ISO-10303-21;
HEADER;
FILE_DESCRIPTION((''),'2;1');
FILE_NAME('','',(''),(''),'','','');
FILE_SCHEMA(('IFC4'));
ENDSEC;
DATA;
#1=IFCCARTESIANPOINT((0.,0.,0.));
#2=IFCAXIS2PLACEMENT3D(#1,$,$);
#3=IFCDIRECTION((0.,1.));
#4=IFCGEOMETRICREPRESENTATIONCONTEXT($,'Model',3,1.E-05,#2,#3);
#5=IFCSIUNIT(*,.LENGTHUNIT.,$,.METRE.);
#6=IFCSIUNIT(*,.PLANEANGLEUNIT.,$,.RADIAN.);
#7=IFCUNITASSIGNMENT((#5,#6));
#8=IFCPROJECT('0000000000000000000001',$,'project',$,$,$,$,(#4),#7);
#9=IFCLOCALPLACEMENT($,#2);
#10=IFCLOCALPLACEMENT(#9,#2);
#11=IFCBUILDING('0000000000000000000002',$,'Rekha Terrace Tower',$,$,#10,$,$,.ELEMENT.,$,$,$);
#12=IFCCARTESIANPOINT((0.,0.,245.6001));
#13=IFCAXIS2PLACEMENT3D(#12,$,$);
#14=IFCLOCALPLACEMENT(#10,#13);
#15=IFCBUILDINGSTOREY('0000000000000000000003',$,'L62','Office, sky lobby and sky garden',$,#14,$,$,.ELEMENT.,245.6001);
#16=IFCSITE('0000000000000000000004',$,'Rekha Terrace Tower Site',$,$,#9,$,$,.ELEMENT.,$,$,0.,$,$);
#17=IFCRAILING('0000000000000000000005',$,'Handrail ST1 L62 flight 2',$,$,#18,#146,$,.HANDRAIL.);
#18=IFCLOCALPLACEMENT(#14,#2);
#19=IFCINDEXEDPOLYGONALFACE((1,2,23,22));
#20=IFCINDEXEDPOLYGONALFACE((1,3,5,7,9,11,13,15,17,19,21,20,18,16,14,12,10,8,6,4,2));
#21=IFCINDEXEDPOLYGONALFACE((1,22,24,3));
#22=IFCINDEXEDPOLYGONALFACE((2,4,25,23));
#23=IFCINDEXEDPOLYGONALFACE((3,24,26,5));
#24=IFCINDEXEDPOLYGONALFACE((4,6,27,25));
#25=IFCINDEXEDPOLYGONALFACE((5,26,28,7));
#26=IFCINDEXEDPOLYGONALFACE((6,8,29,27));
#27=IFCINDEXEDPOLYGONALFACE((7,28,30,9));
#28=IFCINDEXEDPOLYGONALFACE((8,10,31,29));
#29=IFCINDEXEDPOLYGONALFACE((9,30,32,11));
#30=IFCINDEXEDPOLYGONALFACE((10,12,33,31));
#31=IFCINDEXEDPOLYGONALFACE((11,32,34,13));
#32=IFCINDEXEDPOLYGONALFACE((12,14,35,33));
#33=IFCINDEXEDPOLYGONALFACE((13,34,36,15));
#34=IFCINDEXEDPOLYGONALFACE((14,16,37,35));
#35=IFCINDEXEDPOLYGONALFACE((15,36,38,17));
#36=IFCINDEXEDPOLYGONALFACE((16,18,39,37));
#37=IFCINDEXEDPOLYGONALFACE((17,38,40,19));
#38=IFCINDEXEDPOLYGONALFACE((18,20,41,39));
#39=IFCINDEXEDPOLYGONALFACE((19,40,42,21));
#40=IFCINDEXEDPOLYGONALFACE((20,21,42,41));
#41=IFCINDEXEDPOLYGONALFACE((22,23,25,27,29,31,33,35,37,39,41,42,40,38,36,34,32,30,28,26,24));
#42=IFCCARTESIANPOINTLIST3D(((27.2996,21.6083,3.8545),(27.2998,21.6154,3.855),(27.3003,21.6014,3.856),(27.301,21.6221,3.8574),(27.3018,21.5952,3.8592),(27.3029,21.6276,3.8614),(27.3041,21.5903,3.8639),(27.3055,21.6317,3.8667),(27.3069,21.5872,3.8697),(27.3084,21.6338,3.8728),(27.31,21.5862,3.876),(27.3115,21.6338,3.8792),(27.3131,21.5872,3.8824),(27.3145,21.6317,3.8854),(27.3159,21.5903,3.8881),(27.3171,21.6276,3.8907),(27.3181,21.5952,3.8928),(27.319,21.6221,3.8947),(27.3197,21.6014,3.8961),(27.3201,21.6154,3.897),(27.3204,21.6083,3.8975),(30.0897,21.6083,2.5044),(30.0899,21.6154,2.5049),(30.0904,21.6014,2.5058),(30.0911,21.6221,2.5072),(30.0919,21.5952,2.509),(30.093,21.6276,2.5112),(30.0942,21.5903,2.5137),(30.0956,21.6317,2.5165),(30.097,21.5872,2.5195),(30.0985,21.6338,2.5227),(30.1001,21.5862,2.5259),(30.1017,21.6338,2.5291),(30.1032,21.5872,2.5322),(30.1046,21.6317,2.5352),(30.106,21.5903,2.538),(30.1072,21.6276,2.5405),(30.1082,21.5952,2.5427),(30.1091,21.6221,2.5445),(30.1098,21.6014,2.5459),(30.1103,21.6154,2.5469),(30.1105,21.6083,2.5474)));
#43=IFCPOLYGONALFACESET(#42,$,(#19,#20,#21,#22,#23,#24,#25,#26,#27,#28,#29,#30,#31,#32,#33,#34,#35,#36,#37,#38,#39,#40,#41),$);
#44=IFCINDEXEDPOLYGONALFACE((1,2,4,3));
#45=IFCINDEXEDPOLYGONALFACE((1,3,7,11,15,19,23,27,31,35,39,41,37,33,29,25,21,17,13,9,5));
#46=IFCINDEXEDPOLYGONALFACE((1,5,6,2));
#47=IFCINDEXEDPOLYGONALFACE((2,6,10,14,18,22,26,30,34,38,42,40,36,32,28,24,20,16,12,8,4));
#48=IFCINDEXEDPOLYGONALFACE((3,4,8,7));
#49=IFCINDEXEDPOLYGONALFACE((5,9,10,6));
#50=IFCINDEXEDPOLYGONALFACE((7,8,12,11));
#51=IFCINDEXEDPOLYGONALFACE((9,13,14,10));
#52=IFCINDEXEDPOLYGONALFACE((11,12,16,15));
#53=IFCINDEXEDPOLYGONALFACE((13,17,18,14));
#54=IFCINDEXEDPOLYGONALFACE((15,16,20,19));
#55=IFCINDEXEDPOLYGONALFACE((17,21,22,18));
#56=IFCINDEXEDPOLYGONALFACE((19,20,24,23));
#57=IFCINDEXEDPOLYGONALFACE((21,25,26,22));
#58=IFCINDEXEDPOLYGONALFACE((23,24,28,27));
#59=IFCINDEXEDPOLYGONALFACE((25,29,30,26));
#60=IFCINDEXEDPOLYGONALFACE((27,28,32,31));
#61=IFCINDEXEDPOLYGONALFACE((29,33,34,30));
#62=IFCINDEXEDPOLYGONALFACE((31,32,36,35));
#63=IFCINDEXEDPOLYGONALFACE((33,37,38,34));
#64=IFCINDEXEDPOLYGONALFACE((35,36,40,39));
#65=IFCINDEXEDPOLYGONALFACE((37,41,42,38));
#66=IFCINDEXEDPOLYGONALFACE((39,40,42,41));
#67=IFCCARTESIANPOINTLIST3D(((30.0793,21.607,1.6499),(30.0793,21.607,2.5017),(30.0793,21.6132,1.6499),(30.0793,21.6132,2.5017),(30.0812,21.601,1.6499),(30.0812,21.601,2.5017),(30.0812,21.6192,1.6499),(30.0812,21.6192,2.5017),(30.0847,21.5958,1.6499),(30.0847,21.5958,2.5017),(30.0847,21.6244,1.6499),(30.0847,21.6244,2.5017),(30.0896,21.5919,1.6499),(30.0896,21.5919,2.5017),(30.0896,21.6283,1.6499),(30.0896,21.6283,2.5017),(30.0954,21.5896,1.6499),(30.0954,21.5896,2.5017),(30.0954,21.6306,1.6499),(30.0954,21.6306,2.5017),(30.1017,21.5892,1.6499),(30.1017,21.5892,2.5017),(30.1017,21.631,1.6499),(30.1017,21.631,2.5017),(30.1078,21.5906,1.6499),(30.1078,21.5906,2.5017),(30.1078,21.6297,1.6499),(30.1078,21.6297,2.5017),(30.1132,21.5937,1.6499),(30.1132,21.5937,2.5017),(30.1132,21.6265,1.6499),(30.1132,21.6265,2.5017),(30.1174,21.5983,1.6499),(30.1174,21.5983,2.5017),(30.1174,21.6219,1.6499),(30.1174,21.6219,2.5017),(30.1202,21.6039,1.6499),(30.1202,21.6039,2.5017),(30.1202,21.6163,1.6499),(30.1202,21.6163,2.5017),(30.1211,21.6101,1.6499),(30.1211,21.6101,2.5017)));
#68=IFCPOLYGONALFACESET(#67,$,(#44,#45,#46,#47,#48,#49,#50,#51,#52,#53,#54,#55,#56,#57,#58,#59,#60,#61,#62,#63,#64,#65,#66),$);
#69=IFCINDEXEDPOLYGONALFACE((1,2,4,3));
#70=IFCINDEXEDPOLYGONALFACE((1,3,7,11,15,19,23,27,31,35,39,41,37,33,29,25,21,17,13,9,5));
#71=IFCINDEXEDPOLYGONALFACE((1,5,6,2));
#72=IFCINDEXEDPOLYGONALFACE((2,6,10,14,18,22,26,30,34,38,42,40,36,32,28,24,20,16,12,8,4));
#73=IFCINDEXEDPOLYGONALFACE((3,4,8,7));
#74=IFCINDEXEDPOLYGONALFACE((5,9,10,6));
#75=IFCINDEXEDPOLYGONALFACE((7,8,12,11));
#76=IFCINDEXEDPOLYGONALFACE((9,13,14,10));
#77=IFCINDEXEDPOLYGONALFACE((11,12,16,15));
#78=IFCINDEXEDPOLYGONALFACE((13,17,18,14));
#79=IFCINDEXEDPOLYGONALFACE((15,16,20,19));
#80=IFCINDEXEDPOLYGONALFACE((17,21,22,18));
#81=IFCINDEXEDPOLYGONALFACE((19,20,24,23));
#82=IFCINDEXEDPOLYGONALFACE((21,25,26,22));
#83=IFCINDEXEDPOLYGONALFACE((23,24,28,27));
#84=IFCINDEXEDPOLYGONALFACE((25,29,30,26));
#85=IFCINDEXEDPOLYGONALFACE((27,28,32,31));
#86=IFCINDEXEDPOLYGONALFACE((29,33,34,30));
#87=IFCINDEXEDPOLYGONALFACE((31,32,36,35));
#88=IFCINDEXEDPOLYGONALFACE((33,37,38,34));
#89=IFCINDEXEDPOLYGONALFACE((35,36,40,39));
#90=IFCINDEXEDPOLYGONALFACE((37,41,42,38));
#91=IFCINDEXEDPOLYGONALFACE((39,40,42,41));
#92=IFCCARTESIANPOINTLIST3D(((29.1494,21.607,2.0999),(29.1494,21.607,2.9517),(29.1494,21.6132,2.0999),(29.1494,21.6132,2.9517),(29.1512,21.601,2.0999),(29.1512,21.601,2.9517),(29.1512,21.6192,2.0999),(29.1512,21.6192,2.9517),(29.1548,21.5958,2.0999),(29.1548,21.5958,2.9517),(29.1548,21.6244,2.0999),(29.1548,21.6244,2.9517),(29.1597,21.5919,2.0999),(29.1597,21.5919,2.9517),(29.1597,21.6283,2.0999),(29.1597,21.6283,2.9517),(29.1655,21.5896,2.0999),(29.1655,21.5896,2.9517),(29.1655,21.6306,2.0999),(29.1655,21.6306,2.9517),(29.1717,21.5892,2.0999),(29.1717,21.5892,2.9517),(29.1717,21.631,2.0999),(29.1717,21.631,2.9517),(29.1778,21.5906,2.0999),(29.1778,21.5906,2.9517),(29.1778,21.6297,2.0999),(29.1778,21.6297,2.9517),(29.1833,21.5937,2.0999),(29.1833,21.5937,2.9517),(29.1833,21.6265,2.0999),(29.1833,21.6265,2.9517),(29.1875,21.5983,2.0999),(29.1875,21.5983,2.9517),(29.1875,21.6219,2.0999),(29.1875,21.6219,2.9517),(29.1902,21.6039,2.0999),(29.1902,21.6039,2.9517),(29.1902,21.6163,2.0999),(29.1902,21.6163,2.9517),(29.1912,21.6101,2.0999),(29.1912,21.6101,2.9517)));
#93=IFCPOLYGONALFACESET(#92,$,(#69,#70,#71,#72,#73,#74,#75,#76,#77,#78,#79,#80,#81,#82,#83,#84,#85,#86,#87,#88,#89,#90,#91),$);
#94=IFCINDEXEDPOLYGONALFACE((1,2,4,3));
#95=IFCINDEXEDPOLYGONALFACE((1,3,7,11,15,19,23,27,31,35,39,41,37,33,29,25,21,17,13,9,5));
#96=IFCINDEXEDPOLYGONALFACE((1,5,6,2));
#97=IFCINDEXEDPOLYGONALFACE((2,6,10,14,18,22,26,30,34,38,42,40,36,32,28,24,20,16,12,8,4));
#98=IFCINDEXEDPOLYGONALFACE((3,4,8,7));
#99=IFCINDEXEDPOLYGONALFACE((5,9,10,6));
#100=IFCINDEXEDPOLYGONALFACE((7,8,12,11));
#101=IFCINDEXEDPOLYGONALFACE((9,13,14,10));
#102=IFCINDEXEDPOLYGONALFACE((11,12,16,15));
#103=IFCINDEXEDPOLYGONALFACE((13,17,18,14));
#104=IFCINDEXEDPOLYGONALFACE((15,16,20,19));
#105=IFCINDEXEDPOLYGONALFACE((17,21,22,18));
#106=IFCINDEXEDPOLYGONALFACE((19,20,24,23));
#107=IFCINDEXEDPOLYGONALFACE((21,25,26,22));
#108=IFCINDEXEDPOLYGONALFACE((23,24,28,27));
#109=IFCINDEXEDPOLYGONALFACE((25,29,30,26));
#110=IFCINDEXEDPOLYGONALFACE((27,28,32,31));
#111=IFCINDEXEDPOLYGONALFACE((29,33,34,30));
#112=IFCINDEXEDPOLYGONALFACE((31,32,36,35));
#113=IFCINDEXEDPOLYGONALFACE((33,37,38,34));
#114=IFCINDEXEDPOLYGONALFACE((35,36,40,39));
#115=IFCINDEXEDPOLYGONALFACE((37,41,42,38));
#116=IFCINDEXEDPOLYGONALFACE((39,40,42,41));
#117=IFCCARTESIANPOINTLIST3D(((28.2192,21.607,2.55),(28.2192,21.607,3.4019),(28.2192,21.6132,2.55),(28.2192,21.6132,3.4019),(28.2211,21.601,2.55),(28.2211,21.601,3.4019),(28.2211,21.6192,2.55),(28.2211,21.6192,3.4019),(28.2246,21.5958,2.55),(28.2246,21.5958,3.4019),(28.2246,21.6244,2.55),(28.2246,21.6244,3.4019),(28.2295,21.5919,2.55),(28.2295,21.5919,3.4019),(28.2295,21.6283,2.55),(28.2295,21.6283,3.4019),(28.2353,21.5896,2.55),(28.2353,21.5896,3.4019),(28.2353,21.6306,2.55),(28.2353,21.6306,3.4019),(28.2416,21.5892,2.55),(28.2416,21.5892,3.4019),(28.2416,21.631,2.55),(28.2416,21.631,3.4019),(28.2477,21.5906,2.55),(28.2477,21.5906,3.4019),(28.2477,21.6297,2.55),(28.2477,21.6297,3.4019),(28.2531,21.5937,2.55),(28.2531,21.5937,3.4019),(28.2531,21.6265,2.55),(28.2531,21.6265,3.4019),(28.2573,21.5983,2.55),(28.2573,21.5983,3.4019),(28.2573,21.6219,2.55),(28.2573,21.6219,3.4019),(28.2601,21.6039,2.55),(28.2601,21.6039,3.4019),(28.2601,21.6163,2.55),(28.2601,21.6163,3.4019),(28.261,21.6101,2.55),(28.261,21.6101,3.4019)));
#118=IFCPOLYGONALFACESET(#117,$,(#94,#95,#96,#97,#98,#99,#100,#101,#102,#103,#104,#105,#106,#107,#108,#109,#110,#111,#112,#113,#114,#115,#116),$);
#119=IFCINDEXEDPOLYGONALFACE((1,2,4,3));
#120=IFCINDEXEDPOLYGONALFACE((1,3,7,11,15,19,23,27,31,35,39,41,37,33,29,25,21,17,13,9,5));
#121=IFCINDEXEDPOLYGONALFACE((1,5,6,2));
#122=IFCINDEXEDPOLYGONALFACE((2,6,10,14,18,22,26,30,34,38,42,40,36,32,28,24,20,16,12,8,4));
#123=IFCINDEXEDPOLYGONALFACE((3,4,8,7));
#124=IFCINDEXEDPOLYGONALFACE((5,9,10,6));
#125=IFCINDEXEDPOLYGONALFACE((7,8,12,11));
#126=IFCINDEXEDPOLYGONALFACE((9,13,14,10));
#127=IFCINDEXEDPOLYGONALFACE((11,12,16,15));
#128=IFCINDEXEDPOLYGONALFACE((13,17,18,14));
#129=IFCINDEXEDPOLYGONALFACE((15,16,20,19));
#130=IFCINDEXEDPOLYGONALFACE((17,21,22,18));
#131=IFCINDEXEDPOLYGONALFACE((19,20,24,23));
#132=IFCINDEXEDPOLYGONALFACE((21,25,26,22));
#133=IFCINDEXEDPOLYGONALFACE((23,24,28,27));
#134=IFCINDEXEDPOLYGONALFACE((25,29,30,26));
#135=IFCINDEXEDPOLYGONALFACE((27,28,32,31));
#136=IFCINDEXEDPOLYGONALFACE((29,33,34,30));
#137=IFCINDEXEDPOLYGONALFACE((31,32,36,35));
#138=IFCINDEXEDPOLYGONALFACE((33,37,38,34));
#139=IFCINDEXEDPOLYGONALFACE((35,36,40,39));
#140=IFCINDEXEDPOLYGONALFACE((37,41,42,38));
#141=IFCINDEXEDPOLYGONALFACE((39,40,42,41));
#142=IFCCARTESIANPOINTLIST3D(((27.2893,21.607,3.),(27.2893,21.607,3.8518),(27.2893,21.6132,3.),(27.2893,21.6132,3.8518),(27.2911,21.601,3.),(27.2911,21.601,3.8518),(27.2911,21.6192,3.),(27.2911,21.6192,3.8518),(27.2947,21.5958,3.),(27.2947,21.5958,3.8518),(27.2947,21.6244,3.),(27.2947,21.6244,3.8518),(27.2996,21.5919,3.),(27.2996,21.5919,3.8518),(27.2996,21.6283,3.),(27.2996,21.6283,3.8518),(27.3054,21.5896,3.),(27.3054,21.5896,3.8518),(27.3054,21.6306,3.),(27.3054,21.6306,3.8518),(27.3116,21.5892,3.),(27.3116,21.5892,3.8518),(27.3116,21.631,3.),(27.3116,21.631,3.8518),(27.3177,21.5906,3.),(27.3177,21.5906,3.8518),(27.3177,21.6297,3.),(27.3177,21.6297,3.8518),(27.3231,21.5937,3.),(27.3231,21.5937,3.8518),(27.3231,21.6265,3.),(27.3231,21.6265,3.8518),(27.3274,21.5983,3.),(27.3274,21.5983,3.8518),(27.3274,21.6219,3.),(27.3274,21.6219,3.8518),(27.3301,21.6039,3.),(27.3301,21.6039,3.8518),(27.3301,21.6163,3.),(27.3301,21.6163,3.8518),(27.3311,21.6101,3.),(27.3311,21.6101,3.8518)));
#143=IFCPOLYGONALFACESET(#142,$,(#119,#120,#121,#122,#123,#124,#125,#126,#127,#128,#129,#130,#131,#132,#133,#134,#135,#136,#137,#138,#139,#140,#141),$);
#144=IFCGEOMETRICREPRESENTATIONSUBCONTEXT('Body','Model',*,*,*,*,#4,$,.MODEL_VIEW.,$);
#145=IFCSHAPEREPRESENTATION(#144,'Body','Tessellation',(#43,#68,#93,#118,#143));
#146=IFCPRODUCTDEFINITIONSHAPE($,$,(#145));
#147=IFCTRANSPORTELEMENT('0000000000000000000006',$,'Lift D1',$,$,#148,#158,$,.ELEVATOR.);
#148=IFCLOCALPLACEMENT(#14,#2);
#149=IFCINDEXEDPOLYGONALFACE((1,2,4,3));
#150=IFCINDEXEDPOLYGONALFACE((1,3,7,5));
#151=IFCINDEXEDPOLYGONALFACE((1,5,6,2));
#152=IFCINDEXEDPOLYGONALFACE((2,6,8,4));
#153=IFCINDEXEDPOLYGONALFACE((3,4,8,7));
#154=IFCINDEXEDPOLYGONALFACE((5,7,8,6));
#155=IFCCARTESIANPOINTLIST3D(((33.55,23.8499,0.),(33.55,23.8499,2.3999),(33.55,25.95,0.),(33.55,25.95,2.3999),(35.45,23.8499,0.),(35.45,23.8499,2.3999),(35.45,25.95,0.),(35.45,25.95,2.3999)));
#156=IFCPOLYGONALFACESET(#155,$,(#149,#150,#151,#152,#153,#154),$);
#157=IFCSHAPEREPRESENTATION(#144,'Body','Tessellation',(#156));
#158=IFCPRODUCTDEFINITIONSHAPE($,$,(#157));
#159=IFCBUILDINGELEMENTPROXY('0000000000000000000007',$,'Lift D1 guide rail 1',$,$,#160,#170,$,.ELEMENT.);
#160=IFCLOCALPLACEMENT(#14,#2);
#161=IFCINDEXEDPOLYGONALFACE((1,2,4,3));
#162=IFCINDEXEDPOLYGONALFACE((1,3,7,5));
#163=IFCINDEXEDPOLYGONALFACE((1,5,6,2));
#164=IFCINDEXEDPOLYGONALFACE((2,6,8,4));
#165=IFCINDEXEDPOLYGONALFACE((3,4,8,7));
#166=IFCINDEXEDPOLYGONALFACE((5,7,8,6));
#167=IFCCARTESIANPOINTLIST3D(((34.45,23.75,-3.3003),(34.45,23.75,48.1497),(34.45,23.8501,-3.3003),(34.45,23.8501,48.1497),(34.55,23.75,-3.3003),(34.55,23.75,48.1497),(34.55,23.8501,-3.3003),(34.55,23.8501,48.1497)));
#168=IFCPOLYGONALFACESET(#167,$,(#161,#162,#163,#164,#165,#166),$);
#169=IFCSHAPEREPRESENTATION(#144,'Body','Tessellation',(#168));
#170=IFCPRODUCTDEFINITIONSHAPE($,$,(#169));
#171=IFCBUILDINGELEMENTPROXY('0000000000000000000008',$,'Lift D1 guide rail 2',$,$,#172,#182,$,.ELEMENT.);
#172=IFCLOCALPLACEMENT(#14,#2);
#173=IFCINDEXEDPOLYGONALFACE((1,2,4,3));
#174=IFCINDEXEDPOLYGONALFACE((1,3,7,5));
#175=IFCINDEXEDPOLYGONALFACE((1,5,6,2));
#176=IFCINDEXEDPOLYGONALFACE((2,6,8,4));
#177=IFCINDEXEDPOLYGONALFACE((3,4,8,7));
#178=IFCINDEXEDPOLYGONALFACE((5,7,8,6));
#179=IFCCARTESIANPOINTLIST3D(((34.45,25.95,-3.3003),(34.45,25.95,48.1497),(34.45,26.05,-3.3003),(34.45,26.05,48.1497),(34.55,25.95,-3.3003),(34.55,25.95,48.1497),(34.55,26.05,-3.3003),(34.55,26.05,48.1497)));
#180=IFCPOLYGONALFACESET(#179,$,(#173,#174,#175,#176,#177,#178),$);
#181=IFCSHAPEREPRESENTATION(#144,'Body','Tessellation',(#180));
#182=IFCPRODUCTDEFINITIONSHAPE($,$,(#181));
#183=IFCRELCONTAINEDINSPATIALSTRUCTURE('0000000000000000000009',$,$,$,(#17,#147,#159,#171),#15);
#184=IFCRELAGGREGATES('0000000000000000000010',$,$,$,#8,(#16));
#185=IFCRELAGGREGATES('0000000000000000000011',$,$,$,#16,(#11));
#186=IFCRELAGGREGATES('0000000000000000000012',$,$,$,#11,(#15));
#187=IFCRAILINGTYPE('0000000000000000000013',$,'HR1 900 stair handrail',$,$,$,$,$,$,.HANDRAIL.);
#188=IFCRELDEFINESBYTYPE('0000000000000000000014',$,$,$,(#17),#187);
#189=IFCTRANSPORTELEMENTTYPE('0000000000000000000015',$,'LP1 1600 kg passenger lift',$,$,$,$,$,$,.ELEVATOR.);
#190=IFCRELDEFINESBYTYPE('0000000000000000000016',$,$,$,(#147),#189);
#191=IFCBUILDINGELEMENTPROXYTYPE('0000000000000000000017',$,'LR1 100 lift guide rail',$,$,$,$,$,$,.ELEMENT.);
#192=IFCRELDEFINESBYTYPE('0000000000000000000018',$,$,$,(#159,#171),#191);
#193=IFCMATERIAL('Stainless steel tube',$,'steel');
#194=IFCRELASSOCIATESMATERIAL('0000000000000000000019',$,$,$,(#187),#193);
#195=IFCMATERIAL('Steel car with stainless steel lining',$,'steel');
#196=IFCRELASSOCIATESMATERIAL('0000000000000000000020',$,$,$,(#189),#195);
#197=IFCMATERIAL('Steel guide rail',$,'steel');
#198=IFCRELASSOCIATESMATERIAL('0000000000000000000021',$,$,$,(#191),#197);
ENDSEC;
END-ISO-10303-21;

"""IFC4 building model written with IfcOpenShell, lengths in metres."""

from ifc_helpers import new_model, si_unit, direction, frame, origin, origin_2d, place, context, subcontext, project, spatial, rectangle, circle, extrude, material, type_object, element, save


model = new_model("IFC4")

# Units and contexts
model_context = context("Model", 3, precision=1e-05, world=origin(), true_north=direction((0.0, 1.0)))
body_context = subcontext(model_context, "Body", "Model", "MODEL_VIEW")
ifc_project = project(units=[si_unit("LENGTHUNIT", "METRE"), si_unit("PLANEANGLEUNIT", "RADIAN")], contexts=[model_context])

# Site, building, storey
site_placement = place(None, origin())
site = spatial("IfcSite", under=ifc_project, at=site_placement, Name="Rekha Terrace Tower Site", CompositionType="ELEMENT", RefElevation=0.0)
building_placement = place(site_placement, origin())
building = spatial("IfcBuilding", under=site, at=building_placement, Name="Rekha Terrace Tower", CompositionType="ELEMENT")
storey_placement = place(building_placement, frame((0.0, 0.0, 245.6001)))
storey = spatial("IfcBuildingStorey", under=building, at=storey_placement, Name="L62", Description="Office, sky lobby and sky garden", CompositionType="ELEMENT", Elevation=245.6001)

# Railing
ifc_material_1 = material(Name="Stainless steel tube", Category="steel")
railing_type_1 = type_object("IfcRailingType", Name="HR1 900 stair handrail", PredefinedType="HANDRAIL", material=ifc_material_1)
railing_1_placement = place(storey_placement, frame((30.1001, 21.6101, 1.6499)))
element("IfcRailing", 1, at=railing_1_placement, inside=storey, type_object=railing_type_1, Name="Handrail ST1 L62 flight 2", PredefinedType="HANDRAIL", context=body_context, shape_type="SweptSolid", body=[
    extrude(circle(Radius=0.0239, at=origin_2d()), frame((0.0, 0.0, 0.876), z_axis=(-0.900149, 0.0, 0.435582), x_axis=(0.0, -1.0, 0.0)), (0.0, 0.0, 1.0), 3.0996),
    extrude(circle(Radius=0.021, at=origin_2d()), origin(), (0.0, 0.0, 1.0), 0.8518),
    extrude(circle(Radius=0.021, at=origin_2d()), frame((-0.9299, 0.0, 0.45)), (0.0, 0.0, 1.0), 0.8518),
    extrude(circle(Radius=0.021, at=origin_2d()), frame((-1.8601, 0.0, 0.9001)), (0.0, 0.0, 1.0), 0.8518),
    extrude(circle(Radius=0.021, at=origin_2d()), frame((-2.79, 0.0, 1.3501)), (0.0, 0.0, 1.0), 0.8518),
])

# Transport element
ifc_material_2 = material(Name="Steel car with stainless steel lining", Category="steel")
transport_element_type = type_object("IfcTransportElementType", Name="LP1 1600 kg passenger lift", PredefinedType="ELEVATOR", material=ifc_material_2)
transport_element_placement = place(storey_placement, frame((34.5, 24.8999, 0.0), z_axis=(0.0, 0.0, 1.0), x_axis=(1.0, 0.0, 0.0)))
element("IfcTransportElement", 2, at=transport_element_placement, inside=storey, type_object=transport_element_type, Name="Lift D1", PredefinedType="ELEVATOR", context=body_context, shape_type="SweptSolid", body=[
    extrude(rectangle(XDim=1.8999, YDim=2.1001, at=origin_2d()), origin(), (0.0, 0.0, 1.0), 2.3999),
])

# Building element proxies
ifc_material_3 = material(Name="Steel guide rail", Category="steel")
building_element_proxy_type = type_object("IfcBuildingElementProxyType", Name="LR1 100 lift guide rail", PredefinedType="ELEMENT", material=ifc_material_3)
for number, where, z_axis, x_axis, name in (
    (3, (34.5, 23.8, -3.3003), (0.0, 0.0, 1.0), (1.0, 0.0, 0.0), "Lift D1 guide rail 1"),
    (4, (34.5, 26.0, -3.3003), (0.0, 0.0, 1.0), (1.0, 0.0, 0.0), "Lift D1 guide rail 2"),
):
    element("IfcBuildingElementProxy", number, at=place(storey_placement, frame(where, z_axis=z_axis, x_axis=x_axis)), inside=storey, type_object=building_element_proxy_type, Name=name, PredefinedType="ELEMENT", context=body_context, shape_type="SweptSolid", body=[
        extrude(rectangle(XDim=0.1001, YDim=0.1001, at=origin_2d()), origin(), (0.0, 0.0, 1.0), 51.45),
    ])

save(model, "model.ifc")
